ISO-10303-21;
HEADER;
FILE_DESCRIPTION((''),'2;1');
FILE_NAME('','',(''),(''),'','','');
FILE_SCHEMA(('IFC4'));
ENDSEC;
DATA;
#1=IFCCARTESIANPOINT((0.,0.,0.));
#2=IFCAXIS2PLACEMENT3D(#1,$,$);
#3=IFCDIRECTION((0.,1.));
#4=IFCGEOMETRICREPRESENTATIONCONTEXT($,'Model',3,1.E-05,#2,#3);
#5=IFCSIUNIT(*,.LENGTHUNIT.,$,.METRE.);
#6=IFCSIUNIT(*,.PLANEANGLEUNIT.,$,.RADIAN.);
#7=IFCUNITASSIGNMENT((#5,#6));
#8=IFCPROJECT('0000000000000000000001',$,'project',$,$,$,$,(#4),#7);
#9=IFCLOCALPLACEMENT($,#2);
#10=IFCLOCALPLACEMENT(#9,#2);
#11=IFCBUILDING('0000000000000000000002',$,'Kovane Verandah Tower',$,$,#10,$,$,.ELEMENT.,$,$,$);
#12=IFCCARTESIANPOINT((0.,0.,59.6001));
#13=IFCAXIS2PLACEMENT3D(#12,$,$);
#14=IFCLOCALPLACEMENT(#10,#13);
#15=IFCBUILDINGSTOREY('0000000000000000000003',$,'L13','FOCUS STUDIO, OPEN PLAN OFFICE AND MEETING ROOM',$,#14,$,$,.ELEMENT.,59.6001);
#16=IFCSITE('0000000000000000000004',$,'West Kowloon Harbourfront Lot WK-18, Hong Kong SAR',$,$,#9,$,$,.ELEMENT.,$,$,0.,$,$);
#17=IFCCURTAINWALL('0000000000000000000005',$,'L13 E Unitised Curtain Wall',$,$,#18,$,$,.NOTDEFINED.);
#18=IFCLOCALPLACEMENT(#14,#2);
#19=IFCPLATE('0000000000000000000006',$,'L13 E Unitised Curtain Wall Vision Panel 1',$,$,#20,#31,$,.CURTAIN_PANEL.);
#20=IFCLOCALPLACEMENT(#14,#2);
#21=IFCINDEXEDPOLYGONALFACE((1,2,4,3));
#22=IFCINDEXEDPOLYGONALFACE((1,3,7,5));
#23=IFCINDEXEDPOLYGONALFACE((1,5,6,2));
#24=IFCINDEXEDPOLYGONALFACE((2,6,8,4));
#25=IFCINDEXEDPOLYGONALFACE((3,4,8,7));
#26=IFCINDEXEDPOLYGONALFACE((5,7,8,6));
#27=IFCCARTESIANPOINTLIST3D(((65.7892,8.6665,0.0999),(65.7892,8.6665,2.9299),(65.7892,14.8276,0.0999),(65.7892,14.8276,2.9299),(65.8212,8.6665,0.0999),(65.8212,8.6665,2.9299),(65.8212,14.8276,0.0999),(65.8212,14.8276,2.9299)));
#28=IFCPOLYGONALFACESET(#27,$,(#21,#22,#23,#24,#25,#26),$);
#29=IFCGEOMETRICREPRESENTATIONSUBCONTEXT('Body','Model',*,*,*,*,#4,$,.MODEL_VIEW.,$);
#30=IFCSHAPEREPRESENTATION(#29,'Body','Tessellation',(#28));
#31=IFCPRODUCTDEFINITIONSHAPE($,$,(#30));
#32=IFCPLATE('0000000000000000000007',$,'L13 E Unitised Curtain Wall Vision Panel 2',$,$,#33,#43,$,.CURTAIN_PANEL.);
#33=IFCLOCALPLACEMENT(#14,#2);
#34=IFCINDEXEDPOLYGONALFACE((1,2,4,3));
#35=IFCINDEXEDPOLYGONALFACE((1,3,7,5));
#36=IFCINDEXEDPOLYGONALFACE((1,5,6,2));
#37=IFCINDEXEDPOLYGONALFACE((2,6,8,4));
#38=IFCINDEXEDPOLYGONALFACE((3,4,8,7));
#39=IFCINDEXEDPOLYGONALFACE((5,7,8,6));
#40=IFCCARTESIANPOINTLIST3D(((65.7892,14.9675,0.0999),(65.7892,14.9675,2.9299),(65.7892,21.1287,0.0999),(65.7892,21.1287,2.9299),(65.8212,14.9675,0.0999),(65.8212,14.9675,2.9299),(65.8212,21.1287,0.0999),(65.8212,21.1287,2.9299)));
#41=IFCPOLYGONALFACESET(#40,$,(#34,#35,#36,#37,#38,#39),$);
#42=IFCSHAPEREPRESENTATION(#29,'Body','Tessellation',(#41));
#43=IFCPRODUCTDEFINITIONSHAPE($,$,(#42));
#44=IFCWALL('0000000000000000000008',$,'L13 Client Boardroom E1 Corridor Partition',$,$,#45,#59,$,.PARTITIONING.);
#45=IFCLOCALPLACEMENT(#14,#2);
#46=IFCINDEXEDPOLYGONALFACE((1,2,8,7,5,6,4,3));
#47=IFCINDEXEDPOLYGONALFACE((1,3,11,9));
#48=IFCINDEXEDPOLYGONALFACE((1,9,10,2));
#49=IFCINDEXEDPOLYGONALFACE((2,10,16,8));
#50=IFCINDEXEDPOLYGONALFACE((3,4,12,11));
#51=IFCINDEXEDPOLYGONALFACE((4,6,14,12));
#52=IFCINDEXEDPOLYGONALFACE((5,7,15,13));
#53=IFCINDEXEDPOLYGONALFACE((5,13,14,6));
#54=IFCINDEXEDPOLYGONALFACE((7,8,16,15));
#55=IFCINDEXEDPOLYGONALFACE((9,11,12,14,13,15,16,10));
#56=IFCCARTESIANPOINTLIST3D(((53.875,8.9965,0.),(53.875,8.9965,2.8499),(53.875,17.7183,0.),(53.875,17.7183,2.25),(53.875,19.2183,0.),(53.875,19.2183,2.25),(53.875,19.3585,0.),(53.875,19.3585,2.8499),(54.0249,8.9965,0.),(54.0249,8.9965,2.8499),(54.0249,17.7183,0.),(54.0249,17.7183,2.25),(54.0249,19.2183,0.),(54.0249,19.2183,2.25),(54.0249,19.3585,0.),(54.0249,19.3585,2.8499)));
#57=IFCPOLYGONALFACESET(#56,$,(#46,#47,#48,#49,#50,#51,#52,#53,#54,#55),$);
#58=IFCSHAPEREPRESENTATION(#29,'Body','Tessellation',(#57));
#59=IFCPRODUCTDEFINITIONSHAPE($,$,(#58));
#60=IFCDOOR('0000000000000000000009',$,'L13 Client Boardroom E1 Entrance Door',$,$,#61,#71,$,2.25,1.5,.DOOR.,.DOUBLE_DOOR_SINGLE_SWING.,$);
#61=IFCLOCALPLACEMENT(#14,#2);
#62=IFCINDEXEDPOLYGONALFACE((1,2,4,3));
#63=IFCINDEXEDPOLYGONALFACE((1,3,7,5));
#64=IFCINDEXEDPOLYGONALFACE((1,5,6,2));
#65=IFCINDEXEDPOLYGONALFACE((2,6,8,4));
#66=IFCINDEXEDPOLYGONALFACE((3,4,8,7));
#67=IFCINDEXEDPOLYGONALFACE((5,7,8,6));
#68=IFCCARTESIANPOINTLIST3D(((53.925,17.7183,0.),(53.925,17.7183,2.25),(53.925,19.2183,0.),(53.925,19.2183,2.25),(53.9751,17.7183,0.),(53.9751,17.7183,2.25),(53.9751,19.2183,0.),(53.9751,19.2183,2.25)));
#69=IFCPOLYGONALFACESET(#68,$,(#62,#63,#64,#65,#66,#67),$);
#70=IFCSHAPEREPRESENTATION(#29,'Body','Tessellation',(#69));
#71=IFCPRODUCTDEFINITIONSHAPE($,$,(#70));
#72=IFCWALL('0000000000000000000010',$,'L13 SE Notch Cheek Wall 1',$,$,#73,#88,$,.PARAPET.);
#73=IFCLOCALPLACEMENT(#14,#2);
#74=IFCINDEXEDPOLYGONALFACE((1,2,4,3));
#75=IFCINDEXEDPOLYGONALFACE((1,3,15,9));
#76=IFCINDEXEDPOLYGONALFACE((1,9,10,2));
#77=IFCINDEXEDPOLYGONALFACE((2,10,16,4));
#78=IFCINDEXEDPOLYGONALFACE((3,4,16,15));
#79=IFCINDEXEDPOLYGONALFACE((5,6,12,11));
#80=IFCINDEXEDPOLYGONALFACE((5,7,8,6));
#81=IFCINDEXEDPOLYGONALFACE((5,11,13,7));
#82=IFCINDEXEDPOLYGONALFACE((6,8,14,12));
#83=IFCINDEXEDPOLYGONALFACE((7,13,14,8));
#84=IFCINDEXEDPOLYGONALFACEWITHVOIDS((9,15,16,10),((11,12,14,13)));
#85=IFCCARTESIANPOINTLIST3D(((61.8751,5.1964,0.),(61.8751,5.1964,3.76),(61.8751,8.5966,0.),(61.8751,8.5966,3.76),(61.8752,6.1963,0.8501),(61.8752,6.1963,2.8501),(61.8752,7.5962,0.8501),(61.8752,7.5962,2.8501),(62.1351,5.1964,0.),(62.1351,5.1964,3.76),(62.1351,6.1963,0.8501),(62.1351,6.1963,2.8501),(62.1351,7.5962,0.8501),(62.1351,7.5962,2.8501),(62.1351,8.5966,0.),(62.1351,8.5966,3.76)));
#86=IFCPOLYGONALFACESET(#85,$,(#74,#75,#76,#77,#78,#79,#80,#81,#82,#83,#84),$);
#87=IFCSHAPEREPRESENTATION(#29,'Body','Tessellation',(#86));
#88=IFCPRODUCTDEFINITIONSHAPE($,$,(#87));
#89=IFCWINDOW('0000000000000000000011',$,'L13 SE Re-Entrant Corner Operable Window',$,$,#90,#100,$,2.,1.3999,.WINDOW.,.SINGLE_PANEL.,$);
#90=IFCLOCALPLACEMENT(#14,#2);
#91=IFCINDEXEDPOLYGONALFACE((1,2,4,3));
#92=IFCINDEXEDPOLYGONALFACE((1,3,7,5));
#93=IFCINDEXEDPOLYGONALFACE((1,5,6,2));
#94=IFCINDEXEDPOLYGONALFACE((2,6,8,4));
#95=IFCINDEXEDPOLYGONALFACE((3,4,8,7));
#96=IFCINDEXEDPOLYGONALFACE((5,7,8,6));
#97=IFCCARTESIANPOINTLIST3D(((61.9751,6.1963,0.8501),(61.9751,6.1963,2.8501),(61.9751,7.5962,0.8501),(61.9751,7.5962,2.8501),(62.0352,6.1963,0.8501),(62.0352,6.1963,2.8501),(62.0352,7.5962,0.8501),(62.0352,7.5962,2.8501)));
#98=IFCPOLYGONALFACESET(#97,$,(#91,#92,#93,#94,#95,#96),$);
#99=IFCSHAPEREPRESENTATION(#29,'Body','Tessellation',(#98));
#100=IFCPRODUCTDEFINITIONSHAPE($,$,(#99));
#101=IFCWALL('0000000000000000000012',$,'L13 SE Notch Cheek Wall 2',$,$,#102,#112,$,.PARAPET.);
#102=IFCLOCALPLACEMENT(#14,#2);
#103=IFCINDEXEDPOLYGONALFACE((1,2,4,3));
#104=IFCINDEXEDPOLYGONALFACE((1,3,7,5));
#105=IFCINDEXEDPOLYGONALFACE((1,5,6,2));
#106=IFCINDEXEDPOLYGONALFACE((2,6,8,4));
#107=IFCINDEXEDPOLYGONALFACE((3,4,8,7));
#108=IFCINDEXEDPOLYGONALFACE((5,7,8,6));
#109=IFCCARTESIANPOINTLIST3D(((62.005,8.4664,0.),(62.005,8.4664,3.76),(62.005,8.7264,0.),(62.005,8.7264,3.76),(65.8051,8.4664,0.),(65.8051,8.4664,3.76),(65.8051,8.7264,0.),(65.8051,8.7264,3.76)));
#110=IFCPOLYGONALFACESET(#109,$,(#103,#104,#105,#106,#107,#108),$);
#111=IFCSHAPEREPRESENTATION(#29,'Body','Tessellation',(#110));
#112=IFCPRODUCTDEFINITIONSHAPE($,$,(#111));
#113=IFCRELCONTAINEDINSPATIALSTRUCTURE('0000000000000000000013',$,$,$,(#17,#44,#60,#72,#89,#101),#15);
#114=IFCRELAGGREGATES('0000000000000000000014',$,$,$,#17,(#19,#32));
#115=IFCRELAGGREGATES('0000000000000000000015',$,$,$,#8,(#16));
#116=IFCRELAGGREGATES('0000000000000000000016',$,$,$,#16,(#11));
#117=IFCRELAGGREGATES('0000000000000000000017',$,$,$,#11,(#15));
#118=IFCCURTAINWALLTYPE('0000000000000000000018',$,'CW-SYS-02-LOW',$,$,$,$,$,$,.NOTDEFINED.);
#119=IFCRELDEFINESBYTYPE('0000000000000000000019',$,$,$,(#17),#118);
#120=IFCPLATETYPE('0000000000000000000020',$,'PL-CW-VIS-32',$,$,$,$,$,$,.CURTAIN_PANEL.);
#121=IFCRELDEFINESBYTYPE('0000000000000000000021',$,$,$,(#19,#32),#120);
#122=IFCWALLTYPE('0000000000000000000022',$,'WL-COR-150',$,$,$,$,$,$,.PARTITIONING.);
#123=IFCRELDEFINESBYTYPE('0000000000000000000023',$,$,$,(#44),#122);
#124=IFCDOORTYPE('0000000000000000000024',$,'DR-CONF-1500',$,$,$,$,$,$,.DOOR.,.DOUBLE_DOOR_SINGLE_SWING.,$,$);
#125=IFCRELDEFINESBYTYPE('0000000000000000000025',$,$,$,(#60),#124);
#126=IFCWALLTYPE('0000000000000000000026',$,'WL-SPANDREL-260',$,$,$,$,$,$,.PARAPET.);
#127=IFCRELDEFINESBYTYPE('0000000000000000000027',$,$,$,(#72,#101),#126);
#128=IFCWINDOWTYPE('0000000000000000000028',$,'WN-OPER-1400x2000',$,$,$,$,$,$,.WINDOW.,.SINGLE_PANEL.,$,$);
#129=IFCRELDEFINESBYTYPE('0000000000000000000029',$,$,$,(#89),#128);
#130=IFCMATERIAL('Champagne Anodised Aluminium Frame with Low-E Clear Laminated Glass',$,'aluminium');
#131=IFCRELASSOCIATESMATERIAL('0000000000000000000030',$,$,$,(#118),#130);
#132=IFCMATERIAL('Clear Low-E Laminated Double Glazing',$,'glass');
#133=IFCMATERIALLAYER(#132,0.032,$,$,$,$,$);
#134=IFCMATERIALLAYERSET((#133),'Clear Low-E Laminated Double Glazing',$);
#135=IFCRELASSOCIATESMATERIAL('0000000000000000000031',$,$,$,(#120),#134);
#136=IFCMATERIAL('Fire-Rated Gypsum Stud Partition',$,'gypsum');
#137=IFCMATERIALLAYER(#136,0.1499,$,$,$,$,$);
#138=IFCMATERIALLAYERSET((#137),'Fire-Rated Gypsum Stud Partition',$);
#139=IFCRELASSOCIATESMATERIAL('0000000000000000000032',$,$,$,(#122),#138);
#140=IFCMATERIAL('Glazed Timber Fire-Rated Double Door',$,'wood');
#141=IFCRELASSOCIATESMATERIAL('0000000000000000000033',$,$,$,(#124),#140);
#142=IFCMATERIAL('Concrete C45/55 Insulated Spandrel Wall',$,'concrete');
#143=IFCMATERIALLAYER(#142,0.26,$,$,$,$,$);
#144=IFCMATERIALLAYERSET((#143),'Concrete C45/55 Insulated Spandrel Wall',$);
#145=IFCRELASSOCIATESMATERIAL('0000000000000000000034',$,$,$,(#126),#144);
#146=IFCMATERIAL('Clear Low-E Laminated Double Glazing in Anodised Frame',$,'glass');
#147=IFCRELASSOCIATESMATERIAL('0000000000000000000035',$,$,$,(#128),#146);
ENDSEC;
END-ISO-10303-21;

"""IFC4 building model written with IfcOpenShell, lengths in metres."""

from ifc_helpers import new_model, si_unit, direction, frame, frame_2d, origin, origin_2d, place, context, subcontext, project, spatial, rectangle, extrude, material, layer, layer_set, type_object, element, fill, aggregate, save


model = new_model("IFC4")

# Units and contexts
model_context = context("Model", 3, precision=1e-05, world=origin(), true_north=direction((0.0, 1.0)))
body_context = subcontext(model_context, "Body", "Model", "MODEL_VIEW")
ifc_project = project(units=[si_unit("LENGTHUNIT", "METRE"), si_unit("PLANEANGLEUNIT", "RADIAN")], contexts=[model_context])

# Site, building, storey
site_placement = place(None, origin())
site = spatial("IfcSite", under=ifc_project, at=site_placement, Name="West Kowloon Harbourfront Lot WK-18, Hong Kong SAR", CompositionType="ELEMENT", RefElevation=0.0)
building_placement = place(site_placement, origin())
building = spatial("IfcBuilding", under=site, at=building_placement, Name="Kovane Verandah Tower", CompositionType="ELEMENT")
storey_placement = place(building_placement, frame((0.0, 0.0, 59.6001)))
storey = spatial("IfcBuildingStorey", under=building, at=storey_placement, Name="L13", Description="FOCUS STUDIO, OPEN PLAN OFFICE AND MEETING ROOM", CompositionType="ELEMENT", Elevation=59.6001)

# Curtain wall
ifc_material_1 = material(Name="Champagne Anodised Aluminium Frame with Low-E Clear Laminated Glass", Category="aluminium")
curtain_wall_type = type_object("IfcCurtainWallType", Name="CW-SYS-02-LOW", PredefinedType="NOTDEFINED", material=ifc_material_1)
curtain_wall_placement = place(storey_placement, origin())
curtain_wall = element("IfcCurtainWall", 1, at=curtain_wall_placement, inside=storey, type_object=curtain_wall_type, Name="L13 E Unitised Curtain Wall", PredefinedType="NOTDEFINED")

# Plates
ifc_material_2 = material(Name="Clear Low-E Laminated Double Glazing", Category="glass")
ifc_layer_1 = layer(ifc_material_2, 0.032)
ifc_layer_set_1 = layer_set([ifc_layer_1], Name="Clear Low-E Laminated Double Glazing")
plate_type_1 = type_object("IfcPlateType", Name="PL-CW-VIS-32", PredefinedType="CURTAIN_PANEL", material=ifc_layer_set_1)
plate_1_placement = place(storey_placement, frame((65.8052, 11.7471, 0.0999), z_axis=(0.0, 0.0, 1.0), x_axis=(0.0, 1.0, 0.0)))
plate_1 = element("IfcPlate", 2, at=plate_1_placement, type_object=plate_type_1, Name="L13 E Unitised Curtain Wall Vision Panel 1", PredefinedType="CURTAIN_PANEL", context=body_context, shape_type="SweptSolid", body=[
    extrude(rectangle(XDim=6.1611, YDim=0.032, at=origin_2d()), origin(), (0.0, 0.0, 1.0), 2.8301),
])
plate_2_placement = place(storey_placement, frame((65.8052, 18.0481, 0.0999), z_axis=(0.0, 0.0, 1.0), x_axis=(0.0, 1.0, 0.0)))
plate_2 = element("IfcPlate", 3, at=plate_2_placement, type_object=plate_type_1, Name="L13 E Unitised Curtain Wall Vision Panel 2", PredefinedType="CURTAIN_PANEL", context=body_context, shape_type="SweptSolid", body=[
    extrude(rectangle(XDim=6.1611, YDim=0.032, at=origin_2d()), origin(), (0.0, 0.0, 1.0), 2.8301),
])
aggregate(curtain_wall, [plate_1, plate_2])

# Wall, opening, door
ifc_material_3 = material(Name="Fire-Rated Gypsum Stud Partition", Category="gypsum")
ifc_layer_2 = layer(ifc_material_3, 0.1499)
ifc_layer_set_2 = layer_set([ifc_layer_2], Name="Fire-Rated Gypsum Stud Partition")
wall_type_1 = type_object("IfcWallType", Name="WL-COR-150", PredefinedType="PARTITIONING", material=ifc_layer_set_2)
wall_1_placement = place(storey_placement, frame((53.95, 8.9963, 0.0), z_axis=(0.0, 0.0, 1.0), x_axis=(0.0, 1.0, 0.0)))
wall_1 = element("IfcWall", 4, at=wall_1_placement, inside=storey, type_object=wall_type_1, Name="L13 Client Boardroom E1 Corridor Partition", PredefinedType="PARTITIONING", context=body_context, shape_type="SweptSolid", body=[
    extrude(rectangle(XDim=10.3621, YDim=0.1499, at=frame_2d((5.1812, 0.0))), origin(), (0.0, 0.0, 1.0), 2.8499),
])
opening_1_placement = place(wall_1_placement, frame((8.7219, 0.0, 0.0)))
opening_1 = element("IfcOpeningElement", 5, at=opening_1_placement, cuts=wall_1, PredefinedType="OPENING", context=body_context, shape_type="SweptSolid", body=[
    extrude(rectangle(XDim=1.5, YDim=2.25, at=frame_2d((0.75, 1.125))), frame((0.0, 0.075, 0.0), z_axis=(0.0, -1.0, 0.0), x_axis=(1.0, 0.0, 0.0)), (0.0, 0.0, 1.0), 0.1499),
])
ifc_material_4 = material(Name="Glazed Timber Fire-Rated Double Door", Category="wood")
door_type = type_object("IfcDoorType", Name="DR-CONF-1500", OperationType="DOUBLE_DOOR_SINGLE_SWING", PredefinedType="DOOR", material=ifc_material_4)
door_placement = place(opening_1_placement, origin())
door = element("IfcDoor", 6, at=door_placement, inside=storey, type_object=door_type, Name="L13 Client Boardroom E1 Entrance Door", OperationType="DOUBLE_DOOR_SINGLE_SWING", OverallHeight=2.25, OverallWidth=1.5, PredefinedType="DOOR", context=body_context, shape_type="SweptSolid", body=[
    extrude(rectangle(XDim=1.5, YDim=2.25, at=frame_2d((0.75, 1.125))), frame((0.0, 0.0249, 0.0), z_axis=(0.0, -1.0, 0.0), x_axis=(1.0, 0.0, 0.0)), (0.0, 0.0, 1.0), 0.05),
])
fill(opening_1, door)

# Wall, opening, window
ifc_material_5 = material(Name="Concrete C45/55 Insulated Spandrel Wall", Category="concrete")
ifc_layer_3 = layer(ifc_material_5, 0.26)
ifc_layer_set_3 = layer_set([ifc_layer_3], Name="Concrete C45/55 Insulated Spandrel Wall")
wall_type_2 = type_object("IfcWallType", Name="WL-SPANDREL-260", PredefinedType="PARAPET", material=ifc_layer_set_3)
wall_2_placement = place(storey_placement, frame((62.0051, 5.1963, 0.0), z_axis=(0.0, 0.0, 1.0), x_axis=(0.0, 1.0, 0.0)))
wall_2 = element("IfcWall", 7, at=wall_2_placement, inside=storey, type_object=wall_type_2, Name="L13 SE Notch Cheek Wall 1", PredefinedType="PARAPET", context=body_context, shape_type="SweptSolid", body=[
    extrude(rectangle(XDim=3.4001, YDim=0.26, at=frame_2d((1.7002, 0.0))), origin(), (0.0, 0.0, 1.0), 3.76),
])
opening_2_placement = place(wall_2_placement, frame((1.0, 0.0, 0.8501)))
opening_2 = element("IfcOpeningElement", 8, at=opening_2_placement, cuts=wall_2, PredefinedType="OPENING", context=body_context, shape_type="SweptSolid", body=[
    extrude(rectangle(XDim=1.3999, YDim=2.0, at=frame_2d((0.7, 1.0))), frame((0.0, 0.1299, 0.0), z_axis=(0.0, -1.0, 0.0), x_axis=(1.0, 0.0, 0.0)), (0.0, 0.0, 1.0), 0.26),
])
ifc_material_6 = material(Name="Clear Low-E Laminated Double Glazing in Anodised Frame", Category="glass")
window_type = type_object("IfcWindowType", Name="WN-OPER-1400x2000", PartitioningType="SINGLE_PANEL", PredefinedType="WINDOW", material=ifc_material_6)
window_placement = place(opening_2_placement, origin())
window = element("IfcWindow", 9, at=window_placement, inside=storey, type_object=window_type, Name="L13 SE Re-Entrant Corner Operable Window", OverallHeight=2.0, OverallWidth=1.3999, PartitioningType="SINGLE_PANEL", PredefinedType="WINDOW", context=body_context, shape_type="SweptSolid", body=[
    extrude(rectangle(XDim=1.3999, YDim=2.0, at=frame_2d((0.7, 1.0))), frame((0.0, 0.03, 0.0), z_axis=(0.0, -1.0, 0.0), x_axis=(1.0, 0.0, 0.0)), (0.0, 0.0, 1.0), 0.0601),
])
fill(opening_2, window)

# Wall
wall_3_placement = place(storey_placement, frame((62.0051, 8.5964, 0.0), z_axis=(0.0, 0.0, 1.0), x_axis=(1.0, 0.0, 0.0)))
element("IfcWall", 10, at=wall_3_placement, inside=storey, type_object=wall_type_2, Name="L13 SE Notch Cheek Wall 2", PredefinedType="PARAPET", context=body_context, shape_type="SweptSolid", body=[
    extrude(rectangle(XDim=3.8, YDim=0.26, at=frame_2d((1.8999, 0.0))), origin(), (0.0, 0.0, 1.0), 3.76),
])

save(model, "model.ifc")
